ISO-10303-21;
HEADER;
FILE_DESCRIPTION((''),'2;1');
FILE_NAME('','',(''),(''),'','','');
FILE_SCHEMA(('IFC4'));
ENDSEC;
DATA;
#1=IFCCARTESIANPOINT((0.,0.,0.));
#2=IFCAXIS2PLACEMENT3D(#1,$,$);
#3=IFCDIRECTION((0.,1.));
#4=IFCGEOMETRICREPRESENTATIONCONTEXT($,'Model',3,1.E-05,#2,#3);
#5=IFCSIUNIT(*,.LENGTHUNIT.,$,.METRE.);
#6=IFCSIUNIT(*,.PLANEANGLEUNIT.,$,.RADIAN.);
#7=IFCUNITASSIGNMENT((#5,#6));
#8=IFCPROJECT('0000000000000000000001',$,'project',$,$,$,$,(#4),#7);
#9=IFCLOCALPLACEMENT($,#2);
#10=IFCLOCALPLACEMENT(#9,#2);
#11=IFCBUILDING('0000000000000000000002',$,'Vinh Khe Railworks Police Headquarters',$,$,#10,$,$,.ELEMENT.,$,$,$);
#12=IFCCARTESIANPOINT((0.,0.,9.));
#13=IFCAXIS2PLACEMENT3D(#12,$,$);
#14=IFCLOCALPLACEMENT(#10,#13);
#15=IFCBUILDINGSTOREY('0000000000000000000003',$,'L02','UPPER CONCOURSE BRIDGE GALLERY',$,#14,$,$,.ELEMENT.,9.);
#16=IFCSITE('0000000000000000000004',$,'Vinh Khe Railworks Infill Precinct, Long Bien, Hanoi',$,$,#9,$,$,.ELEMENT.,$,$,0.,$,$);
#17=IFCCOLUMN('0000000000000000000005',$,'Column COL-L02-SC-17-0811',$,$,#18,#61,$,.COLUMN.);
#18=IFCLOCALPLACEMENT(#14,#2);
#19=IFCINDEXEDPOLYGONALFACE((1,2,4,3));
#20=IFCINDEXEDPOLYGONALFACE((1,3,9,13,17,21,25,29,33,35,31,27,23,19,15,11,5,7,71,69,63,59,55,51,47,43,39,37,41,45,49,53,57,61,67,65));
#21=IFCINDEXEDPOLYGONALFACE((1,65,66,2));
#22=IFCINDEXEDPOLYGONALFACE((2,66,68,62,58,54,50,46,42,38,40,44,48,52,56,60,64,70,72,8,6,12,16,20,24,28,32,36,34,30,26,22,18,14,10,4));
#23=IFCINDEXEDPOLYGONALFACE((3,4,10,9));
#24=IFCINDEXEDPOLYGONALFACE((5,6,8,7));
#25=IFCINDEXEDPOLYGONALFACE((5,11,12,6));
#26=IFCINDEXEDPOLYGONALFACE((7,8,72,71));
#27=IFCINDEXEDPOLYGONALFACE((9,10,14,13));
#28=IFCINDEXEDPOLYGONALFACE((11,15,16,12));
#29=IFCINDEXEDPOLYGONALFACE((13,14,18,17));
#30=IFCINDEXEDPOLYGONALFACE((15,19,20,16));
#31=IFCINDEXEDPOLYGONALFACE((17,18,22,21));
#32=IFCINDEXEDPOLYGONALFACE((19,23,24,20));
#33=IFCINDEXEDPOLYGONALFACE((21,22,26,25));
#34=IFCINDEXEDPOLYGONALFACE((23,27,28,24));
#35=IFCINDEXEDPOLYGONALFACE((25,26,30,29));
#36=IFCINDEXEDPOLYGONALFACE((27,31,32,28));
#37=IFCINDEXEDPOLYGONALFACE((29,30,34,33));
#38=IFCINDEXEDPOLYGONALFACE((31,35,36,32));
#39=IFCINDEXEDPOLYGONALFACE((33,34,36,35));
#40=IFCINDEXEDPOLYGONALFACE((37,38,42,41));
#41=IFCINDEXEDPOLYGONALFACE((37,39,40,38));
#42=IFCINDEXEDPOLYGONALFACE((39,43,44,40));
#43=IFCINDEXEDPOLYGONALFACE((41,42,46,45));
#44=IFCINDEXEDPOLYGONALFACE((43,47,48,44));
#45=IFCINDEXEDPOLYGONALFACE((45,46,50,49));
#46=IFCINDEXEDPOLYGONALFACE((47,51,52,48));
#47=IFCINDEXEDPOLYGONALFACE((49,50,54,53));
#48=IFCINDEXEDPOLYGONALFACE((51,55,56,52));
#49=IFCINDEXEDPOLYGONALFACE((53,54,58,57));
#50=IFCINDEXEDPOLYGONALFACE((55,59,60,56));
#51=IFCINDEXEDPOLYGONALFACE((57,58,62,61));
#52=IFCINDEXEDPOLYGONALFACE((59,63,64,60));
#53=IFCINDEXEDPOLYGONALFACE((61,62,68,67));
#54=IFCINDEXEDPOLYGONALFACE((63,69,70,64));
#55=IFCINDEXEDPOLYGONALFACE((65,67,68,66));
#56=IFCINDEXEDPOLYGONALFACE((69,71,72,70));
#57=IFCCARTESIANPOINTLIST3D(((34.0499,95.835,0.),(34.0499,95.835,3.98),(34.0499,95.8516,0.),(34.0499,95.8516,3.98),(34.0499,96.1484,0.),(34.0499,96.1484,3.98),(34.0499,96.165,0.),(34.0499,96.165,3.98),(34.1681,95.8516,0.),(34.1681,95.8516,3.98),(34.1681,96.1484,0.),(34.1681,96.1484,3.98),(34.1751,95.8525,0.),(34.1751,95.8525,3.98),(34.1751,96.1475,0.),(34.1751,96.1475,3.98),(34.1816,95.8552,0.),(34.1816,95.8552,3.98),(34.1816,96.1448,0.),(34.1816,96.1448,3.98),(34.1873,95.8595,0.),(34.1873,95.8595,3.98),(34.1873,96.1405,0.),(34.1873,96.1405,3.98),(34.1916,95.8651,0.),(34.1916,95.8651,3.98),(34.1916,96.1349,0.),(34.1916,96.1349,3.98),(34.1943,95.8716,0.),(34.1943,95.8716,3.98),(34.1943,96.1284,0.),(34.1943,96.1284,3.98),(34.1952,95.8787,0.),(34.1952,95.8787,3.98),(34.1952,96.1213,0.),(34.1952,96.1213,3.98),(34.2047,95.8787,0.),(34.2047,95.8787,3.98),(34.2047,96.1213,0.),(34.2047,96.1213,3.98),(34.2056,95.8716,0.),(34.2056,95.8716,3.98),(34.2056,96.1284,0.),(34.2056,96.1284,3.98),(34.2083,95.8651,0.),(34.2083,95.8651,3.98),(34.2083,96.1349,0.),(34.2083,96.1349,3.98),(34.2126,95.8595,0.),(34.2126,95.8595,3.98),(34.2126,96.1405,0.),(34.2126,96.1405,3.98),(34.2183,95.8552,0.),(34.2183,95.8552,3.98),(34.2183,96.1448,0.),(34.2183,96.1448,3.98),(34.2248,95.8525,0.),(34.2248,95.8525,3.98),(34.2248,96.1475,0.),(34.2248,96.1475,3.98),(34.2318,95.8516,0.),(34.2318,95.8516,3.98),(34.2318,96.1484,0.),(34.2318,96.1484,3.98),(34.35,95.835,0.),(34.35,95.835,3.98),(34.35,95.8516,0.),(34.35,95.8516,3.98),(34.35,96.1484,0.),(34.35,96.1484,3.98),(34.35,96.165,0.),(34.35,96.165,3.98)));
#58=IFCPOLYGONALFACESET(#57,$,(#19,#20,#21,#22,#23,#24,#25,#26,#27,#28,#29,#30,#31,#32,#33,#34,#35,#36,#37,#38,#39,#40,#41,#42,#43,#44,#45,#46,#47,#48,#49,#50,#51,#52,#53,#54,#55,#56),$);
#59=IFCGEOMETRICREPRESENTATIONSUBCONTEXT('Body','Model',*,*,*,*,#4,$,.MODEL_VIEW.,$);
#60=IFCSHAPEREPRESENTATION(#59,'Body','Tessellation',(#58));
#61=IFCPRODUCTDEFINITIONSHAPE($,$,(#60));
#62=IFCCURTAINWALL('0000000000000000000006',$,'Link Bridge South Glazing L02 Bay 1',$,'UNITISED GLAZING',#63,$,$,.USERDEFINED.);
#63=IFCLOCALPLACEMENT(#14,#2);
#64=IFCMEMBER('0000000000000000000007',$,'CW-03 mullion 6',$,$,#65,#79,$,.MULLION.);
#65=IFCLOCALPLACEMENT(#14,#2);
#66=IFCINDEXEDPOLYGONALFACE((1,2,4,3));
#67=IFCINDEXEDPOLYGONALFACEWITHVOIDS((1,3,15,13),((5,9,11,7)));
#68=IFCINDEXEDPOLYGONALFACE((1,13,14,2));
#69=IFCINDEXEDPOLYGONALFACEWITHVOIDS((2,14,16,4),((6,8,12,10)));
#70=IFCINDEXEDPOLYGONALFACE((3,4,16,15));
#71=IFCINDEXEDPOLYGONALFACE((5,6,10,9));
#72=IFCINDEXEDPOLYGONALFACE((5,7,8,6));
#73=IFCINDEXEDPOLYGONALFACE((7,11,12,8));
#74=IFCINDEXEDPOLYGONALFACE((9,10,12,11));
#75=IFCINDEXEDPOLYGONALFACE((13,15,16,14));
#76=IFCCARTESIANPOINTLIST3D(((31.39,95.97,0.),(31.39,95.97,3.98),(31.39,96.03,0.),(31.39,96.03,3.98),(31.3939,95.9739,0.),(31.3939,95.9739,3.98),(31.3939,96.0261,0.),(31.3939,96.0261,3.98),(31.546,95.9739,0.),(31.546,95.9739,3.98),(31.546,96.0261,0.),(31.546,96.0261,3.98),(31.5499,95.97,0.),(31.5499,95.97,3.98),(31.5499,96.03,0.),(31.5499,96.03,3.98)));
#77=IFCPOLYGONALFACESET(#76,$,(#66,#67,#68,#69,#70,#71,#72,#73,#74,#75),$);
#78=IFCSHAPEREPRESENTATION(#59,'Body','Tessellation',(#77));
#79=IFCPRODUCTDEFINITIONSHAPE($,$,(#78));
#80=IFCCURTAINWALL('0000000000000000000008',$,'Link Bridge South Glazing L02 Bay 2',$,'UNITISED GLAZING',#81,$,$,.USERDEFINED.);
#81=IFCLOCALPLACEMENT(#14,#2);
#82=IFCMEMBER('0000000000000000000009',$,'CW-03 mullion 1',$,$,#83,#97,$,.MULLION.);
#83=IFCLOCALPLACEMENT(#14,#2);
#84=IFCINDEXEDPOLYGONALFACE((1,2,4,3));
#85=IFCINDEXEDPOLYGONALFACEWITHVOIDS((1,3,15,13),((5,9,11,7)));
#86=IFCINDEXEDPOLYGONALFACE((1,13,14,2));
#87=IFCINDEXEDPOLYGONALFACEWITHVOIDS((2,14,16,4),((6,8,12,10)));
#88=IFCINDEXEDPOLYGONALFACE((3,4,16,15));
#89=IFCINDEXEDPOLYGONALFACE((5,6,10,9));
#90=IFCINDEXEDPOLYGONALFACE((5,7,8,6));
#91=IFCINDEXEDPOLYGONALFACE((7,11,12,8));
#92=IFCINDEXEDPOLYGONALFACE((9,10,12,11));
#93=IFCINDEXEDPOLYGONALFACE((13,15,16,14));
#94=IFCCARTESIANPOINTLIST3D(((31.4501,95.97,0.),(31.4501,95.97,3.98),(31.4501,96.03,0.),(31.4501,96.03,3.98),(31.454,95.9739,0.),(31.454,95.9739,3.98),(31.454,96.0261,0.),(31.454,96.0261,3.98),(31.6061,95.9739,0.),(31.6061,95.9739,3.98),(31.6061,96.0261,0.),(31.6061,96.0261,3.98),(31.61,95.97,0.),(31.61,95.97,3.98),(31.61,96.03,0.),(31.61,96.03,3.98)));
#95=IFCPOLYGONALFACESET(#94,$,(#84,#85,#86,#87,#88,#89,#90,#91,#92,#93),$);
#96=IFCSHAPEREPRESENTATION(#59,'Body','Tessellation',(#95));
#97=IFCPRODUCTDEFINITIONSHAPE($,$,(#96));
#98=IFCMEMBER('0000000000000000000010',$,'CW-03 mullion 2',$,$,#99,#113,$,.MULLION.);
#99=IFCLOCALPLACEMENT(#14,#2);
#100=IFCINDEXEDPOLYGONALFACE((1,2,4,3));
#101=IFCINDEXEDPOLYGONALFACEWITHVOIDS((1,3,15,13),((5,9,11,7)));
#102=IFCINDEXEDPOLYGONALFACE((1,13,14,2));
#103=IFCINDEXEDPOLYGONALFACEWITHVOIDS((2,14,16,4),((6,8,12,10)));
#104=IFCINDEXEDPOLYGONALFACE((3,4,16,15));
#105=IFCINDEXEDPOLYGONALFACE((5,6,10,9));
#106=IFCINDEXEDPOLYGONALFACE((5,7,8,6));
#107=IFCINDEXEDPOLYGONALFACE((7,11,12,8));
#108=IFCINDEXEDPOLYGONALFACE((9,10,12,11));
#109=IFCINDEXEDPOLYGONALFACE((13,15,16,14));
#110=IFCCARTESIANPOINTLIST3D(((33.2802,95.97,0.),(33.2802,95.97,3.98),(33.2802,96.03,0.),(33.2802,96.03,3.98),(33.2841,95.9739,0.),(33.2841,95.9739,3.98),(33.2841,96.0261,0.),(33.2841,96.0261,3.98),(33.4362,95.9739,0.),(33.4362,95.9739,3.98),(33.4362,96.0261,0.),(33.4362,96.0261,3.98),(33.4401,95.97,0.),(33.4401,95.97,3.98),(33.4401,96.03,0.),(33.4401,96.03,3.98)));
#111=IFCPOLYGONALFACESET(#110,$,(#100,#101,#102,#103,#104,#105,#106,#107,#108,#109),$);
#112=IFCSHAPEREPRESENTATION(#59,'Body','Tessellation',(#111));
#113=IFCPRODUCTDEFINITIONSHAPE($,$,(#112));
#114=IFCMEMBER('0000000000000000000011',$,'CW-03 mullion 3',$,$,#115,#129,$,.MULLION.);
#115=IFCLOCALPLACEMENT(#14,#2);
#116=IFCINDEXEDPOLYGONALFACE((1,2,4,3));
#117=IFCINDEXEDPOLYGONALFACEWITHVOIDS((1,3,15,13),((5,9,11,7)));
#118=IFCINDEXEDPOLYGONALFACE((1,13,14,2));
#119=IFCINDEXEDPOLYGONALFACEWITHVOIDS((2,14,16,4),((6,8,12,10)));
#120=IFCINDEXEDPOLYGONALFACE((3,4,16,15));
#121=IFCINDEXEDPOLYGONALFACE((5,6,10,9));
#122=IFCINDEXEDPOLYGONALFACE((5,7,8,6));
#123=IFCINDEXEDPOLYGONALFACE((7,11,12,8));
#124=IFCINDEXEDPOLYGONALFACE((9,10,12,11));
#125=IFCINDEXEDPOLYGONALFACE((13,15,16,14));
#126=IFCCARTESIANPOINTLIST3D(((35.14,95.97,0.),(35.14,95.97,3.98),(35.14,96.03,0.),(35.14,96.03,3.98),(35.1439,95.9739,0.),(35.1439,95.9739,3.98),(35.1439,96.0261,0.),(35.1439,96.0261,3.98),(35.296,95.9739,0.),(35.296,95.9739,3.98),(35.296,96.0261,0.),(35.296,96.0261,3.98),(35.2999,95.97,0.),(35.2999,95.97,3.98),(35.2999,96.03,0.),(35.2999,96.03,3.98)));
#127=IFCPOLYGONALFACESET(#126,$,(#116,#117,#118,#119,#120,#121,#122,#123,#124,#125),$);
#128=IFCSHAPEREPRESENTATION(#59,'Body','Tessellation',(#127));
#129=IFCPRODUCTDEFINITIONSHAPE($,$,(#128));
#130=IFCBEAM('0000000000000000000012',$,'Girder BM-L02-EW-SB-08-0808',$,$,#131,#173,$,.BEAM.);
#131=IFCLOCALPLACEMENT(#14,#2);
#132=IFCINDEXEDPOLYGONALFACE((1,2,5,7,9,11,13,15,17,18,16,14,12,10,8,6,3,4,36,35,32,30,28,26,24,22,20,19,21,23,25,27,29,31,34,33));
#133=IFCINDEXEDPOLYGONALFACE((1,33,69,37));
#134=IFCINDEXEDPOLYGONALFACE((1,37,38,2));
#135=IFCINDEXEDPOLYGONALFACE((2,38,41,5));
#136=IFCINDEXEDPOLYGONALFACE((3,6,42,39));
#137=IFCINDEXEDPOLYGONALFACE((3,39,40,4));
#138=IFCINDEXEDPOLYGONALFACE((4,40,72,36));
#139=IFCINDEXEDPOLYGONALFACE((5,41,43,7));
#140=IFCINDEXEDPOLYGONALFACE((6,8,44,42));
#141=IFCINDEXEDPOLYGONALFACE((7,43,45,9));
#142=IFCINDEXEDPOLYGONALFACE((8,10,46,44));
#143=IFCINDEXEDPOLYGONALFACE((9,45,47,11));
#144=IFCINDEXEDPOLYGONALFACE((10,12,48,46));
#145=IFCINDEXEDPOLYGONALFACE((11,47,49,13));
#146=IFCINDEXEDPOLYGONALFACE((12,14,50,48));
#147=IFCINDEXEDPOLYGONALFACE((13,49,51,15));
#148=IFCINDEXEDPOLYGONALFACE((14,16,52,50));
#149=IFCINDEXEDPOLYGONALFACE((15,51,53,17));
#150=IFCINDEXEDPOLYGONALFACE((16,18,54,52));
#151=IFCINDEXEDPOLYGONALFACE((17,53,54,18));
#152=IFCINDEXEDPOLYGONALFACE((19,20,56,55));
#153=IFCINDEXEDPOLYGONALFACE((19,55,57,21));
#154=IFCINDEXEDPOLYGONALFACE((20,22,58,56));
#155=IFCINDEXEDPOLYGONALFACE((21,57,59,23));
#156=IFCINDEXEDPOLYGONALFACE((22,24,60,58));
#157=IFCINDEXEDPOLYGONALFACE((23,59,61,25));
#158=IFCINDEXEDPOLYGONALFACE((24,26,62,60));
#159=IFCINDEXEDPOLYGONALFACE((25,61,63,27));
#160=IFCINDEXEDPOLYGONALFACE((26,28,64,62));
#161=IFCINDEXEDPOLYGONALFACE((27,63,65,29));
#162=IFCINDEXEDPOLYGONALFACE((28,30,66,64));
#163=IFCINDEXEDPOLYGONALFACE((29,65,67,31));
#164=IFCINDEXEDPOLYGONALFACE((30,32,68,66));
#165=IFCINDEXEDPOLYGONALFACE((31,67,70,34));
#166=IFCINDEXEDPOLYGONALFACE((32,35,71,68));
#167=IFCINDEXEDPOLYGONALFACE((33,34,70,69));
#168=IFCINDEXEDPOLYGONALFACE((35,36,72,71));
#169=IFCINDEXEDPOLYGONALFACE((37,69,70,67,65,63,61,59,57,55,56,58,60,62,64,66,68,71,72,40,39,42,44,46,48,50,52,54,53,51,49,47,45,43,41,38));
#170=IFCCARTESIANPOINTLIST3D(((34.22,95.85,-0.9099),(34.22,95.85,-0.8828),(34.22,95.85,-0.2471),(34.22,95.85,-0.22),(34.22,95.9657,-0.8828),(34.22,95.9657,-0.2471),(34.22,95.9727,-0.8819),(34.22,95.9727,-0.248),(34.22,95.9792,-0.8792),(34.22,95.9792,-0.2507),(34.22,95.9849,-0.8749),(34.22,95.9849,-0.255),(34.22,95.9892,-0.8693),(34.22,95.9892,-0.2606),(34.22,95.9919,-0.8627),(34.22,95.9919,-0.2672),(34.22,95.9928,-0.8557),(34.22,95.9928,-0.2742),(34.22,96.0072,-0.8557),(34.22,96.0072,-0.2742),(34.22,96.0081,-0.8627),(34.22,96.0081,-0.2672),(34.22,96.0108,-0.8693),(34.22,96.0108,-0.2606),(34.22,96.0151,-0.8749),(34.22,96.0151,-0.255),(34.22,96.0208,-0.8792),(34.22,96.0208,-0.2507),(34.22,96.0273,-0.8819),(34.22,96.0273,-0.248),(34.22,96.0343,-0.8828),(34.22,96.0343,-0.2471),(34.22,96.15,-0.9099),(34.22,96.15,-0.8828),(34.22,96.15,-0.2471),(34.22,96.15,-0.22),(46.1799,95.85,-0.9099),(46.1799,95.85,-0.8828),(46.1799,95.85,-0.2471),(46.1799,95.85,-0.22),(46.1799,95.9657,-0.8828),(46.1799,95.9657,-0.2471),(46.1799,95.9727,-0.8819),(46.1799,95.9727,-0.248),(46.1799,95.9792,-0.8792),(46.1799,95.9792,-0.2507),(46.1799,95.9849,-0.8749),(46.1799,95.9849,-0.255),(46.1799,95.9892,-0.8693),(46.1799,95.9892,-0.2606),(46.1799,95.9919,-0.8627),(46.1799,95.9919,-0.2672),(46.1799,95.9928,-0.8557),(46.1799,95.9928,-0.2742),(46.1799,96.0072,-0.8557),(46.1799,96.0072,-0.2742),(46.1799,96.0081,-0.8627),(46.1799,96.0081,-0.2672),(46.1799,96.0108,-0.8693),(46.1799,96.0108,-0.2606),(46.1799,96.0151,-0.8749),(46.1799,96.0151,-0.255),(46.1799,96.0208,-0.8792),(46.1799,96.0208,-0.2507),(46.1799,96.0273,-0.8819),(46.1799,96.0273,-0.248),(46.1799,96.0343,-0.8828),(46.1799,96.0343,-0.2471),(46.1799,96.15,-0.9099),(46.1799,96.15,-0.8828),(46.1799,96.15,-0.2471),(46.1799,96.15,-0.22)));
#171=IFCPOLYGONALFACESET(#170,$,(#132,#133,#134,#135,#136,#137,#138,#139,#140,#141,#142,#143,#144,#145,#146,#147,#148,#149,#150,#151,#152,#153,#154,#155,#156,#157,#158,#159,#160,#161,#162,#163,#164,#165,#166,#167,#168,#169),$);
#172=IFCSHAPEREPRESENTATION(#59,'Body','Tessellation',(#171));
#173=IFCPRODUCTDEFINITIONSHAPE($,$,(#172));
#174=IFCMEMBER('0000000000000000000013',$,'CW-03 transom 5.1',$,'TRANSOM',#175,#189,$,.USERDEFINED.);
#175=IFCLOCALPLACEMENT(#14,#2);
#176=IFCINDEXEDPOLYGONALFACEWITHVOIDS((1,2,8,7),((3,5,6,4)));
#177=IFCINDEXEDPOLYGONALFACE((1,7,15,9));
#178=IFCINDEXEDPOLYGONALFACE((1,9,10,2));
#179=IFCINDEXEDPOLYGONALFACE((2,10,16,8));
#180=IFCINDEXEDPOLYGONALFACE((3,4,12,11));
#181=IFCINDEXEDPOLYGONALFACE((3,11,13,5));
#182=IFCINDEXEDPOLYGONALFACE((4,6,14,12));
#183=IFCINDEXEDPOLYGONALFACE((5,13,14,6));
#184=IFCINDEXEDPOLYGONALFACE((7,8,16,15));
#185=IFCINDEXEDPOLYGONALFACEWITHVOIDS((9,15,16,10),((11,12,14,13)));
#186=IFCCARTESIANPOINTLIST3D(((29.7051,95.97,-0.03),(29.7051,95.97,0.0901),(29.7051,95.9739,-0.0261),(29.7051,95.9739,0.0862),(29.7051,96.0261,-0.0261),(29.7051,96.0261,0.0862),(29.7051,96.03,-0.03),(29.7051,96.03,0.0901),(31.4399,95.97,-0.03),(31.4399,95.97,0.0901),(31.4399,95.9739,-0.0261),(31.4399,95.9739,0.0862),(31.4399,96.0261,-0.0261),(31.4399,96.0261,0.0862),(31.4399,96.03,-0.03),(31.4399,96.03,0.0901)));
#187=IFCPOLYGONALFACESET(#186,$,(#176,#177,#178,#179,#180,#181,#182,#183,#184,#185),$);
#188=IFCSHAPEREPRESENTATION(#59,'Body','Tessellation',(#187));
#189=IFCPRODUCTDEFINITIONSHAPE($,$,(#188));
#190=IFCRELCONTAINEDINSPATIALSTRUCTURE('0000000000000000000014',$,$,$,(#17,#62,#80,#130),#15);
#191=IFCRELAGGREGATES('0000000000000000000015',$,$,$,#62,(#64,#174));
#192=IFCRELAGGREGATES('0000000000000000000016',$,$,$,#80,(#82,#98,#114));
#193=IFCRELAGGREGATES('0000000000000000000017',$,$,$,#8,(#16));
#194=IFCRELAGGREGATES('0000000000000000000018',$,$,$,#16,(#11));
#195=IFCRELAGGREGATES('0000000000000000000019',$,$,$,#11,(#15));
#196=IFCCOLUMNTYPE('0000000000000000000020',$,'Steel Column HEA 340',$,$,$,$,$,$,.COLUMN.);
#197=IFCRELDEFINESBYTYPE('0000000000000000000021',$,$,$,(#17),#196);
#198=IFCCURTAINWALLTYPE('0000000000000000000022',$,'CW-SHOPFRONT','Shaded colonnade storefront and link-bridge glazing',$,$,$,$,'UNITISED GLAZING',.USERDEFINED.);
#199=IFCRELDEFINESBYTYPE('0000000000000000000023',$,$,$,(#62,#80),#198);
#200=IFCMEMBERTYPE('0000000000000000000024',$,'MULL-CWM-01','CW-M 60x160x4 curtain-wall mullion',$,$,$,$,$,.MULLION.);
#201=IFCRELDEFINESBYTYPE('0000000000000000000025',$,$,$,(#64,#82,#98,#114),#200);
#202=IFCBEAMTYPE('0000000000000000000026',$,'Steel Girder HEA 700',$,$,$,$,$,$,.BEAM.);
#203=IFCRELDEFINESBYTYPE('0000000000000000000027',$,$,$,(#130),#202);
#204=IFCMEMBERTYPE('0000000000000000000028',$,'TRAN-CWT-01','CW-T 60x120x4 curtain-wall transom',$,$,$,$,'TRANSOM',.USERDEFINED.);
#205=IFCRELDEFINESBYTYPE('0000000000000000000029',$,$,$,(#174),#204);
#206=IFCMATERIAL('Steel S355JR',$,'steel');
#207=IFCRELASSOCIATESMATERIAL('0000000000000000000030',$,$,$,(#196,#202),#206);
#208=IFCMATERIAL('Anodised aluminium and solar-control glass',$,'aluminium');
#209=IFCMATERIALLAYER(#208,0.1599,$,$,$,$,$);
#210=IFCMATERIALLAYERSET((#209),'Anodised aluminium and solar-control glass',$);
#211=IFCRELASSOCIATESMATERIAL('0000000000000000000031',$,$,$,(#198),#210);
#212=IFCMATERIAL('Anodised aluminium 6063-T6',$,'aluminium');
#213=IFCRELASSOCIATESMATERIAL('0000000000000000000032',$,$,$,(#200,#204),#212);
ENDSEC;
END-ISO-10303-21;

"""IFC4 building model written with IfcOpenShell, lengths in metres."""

from ifc_helpers import new_model, si_unit, direction, frame, origin, origin_2d, place, context, subcontext, project, spatial, hollow_rectangle, i_section, extrude, material, layer, layer_set, material_profile, profile_set, type_object, element, aggregate, save


model = new_model("IFC4")

# Units and contexts
model_context = context("Model", 3, precision=1e-05, world=origin(), true_north=direction((0.0, 1.0)))
body_context = subcontext(model_context, "Body", "Model", "MODEL_VIEW")
ifc_project = project(units=[si_unit("LENGTHUNIT", "METRE"), si_unit("PLANEANGLEUNIT", "RADIAN")], contexts=[model_context])

# Site, building, storey
site_placement = place(None, origin())
site = spatial("IfcSite", under=ifc_project, at=site_placement, Name="Vinh Khe Railworks Infill Precinct, Long Bien, Hanoi", CompositionType="ELEMENT", RefElevation=0.0)
building_placement = place(site_placement, origin())
building = spatial("IfcBuilding", under=site, at=building_placement, Name="Vinh Khe Railworks Police Headquarters", CompositionType="ELEMENT")
storey_placement = place(building_placement, frame((0.0, 0.0, 9.0)))
storey = spatial("IfcBuildingStorey", under=building, at=storey_placement, Name="L02", Description="UPPER CONCOURSE BRIDGE GALLERY", CompositionType="ELEMENT", Elevation=9.0)

# Column
ifc_material_1 = material(Name="Steel S355JR", Category="steel")
ifc_material_profile_1 = material_profile(ifc_material_1, i_section(OverallWidth=0.3, OverallDepth=0.3301, WebThickness=0.0095, FlangeThickness=0.0166, FilletRadius=0.0271, at=origin_2d()), Name="HEA 340")
ifc_profile_set_1 = profile_set([ifc_material_profile_1], Name="Steel S355JR")
column_type = type_object("IfcColumnType", Name="Steel Column HEA 340", PredefinedType="COLUMN", material=ifc_profile_set_1)
column_placement = place(storey_placement, frame((34.2, 96.0, 0.0), z_axis=(0.0, 0.0, 1.0), x_axis=(1.0, 0.0, 0.0)))
element("IfcColumn", 1, at=column_placement, inside=storey, type_object=column_type, Name="Column COL-L02-SC-17-0811", PredefinedType="COLUMN", context=body_context, shape_type="SweptSolid", body=[
    extrude(i_section(OverallWidth=0.3, OverallDepth=0.3301, WebThickness=0.0095, FlangeThickness=0.0166, FilletRadius=0.0271, at=origin_2d()), origin(), (0.0, 0.0, 1.0), 3.98),
])

# Curtain wall, member
ifc_material_2 = material(Name="Anodised aluminium and solar-control glass", Category="aluminium")
ifc_layer_1 = layer(ifc_material_2, 0.1599)
ifc_layer_set_1 = layer_set([ifc_layer_1], Name="Anodised aluminium and solar-control glass")
curtain_wall_type = type_object("IfcCurtainWallType", Name="CW-SHOPFRONT", Description="Shaded colonnade storefront and link-bridge glazing", ElementType="UNITISED GLAZING", PredefinedType="USERDEFINED", material=ifc_layer_set_1)
curtain_wall_1_placement = place(storey_placement, origin())
curtain_wall_1 = element("IfcCurtainWall", 2, at=curtain_wall_1_placement, inside=storey, type_object=curtain_wall_type, Name="Link Bridge South Glazing L02 Bay 1", ObjectType="UNITISED GLAZING", PredefinedType="USERDEFINED")
ifc_material_3 = material(Name="Anodised aluminium 6063-T6", Category="aluminium")
ifc_material_profile_2 = material_profile(ifc_material_3, hollow_rectangle(XDim=0.0601, YDim=0.1599, WallThickness=0.0039, at=origin_2d()), Name="CW-M 60x160x4")
ifc_profile_set_2 = profile_set([ifc_material_profile_2], Name="Anodised aluminium 6063-T6")
member_type_1 = type_object("IfcMemberType", Name="MULL-CWM-01", Description="CW-M 60x160x4 curtain-wall mullion", PredefinedType="MULLION", material=ifc_profile_set_2)
member_1_placement = place(storey_placement, frame((31.47, 96.0, 0.0), z_axis=(0.0, 0.0, 1.0), x_axis=(0.0, 1.0, 0.0)))
member_1 = element("IfcMember", 3, at=member_1_placement, type_object=member_type_1, Name="CW-03 mullion 6", PredefinedType="MULLION", context=body_context, shape_type="SweptSolid", body=[
    extrude(hollow_rectangle(XDim=0.0601, YDim=0.1599, WallThickness=0.0039, at=origin_2d()), origin(), (0.0, 0.0, 1.0), 3.98),
])

# Curtain wall, members
curtain_wall_2_placement = place(storey_placement, origin())
curtain_wall_2 = element("IfcCurtainWall", 4, at=curtain_wall_2_placement, inside=storey, type_object=curtain_wall_type, Name="Link Bridge South Glazing L02 Bay 2", ObjectType="UNITISED GLAZING", PredefinedType="USERDEFINED")
member_2_placement = place(storey_placement, frame((31.53, 96.0, 0.0), z_axis=(0.0, 0.0, 1.0), x_axis=(0.0, 1.0, 0.0)))
member_2 = element("IfcMember", 5, at=member_2_placement, type_object=member_type_1, Name="CW-03 mullion 1", PredefinedType="MULLION", context=body_context, shape_type="SweptSolid", body=[
    extrude(hollow_rectangle(XDim=0.0601, YDim=0.1599, WallThickness=0.0039, at=origin_2d()), origin(), (0.0, 0.0, 1.0), 3.98),
])
member_3_placement = place(storey_placement, frame((33.3601, 96.0, 0.0), z_axis=(0.0, 0.0, 1.0), x_axis=(0.0, 1.0, 0.0)))
member_3 = element("IfcMember", 6, at=member_3_placement, type_object=member_type_1, Name="CW-03 mullion 2", PredefinedType="MULLION", context=body_context, shape_type="SweptSolid", body=[
    extrude(hollow_rectangle(XDim=0.0601, YDim=0.1599, WallThickness=0.0039, at=origin_2d()), origin(), (0.0, 0.0, 1.0), 3.98),
])
member_4_placement = place(storey_placement, frame((35.22, 96.0, 0.0), z_axis=(0.0, 0.0, 1.0), x_axis=(0.0, 1.0, 0.0)))
member_4 = element("IfcMember", 7, at=member_4_placement, type_object=member_type_1, Name="CW-03 mullion 3", PredefinedType="MULLION", context=body_context, shape_type="SweptSolid", body=[
    extrude(hollow_rectangle(XDim=0.0601, YDim=0.1599, WallThickness=0.0039, at=origin_2d()), origin(), (0.0, 0.0, 1.0), 3.98),
])

# Beam
ifc_material_profile_3 = material_profile(ifc_material_1, i_section(OverallWidth=0.3, OverallDepth=0.6899, WebThickness=0.0144, FlangeThickness=0.0271, FilletRadius=0.0271, at=origin_2d()), Name="HEA 700")
ifc_profile_set_3 = profile_set([ifc_material_profile_3], Name="Steel S355JR")
beam_type = type_object("IfcBeamType", Name="Steel Girder HEA 700", PredefinedType="BEAM", material=ifc_profile_set_3)
beam_placement = place(storey_placement, frame((34.22, 96.0, -0.5649), z_axis=(1.0, 0.0, 0.0), x_axis=(0.0, 1.0, 0.0)))
element("IfcBeam", 8, at=beam_placement, inside=storey, type_object=beam_type, Name="Girder BM-L02-EW-SB-08-0808", PredefinedType="BEAM", context=body_context, shape_type="SweptSolid", body=[
    extrude(i_section(OverallWidth=0.3, OverallDepth=0.6899, WebThickness=0.0144, FlangeThickness=0.0271, FilletRadius=0.0271, at=origin_2d()), origin(), (0.0, 0.0, 1.0), 11.96),
])

# Member
ifc_material_profile_4 = material_profile(ifc_material_3, hollow_rectangle(XDim=0.0601, YDim=0.1201, WallThickness=0.0039, at=origin_2d()), Name="CW-T 60x120x4")
ifc_profile_set_4 = profile_set([ifc_material_profile_4], Name="Anodised aluminium 6063-T6")
member_type_2 = type_object("IfcMemberType", Name="TRAN-CWT-01", Description="CW-T 60x120x4 curtain-wall transom", ElementType="TRANSOM", PredefinedType="USERDEFINED", material=ifc_profile_set_4)
member_5_placement = place(storey_placement, frame((29.7051, 96.0, 0.03), z_axis=(1.0, 0.0, 0.0), x_axis=(0.0, 1.0, 0.0)))
member_5 = element("IfcMember", 9, at=member_5_placement, type_object=member_type_2, Name="CW-03 transom 5.1", ObjectType="TRANSOM", PredefinedType="USERDEFINED", context=body_context, shape_type="SweptSolid", body=[
    extrude(hollow_rectangle(XDim=0.0601, YDim=0.1201, WallThickness=0.0039, at=origin_2d()), origin(), (0.0, 0.0, 1.0), 1.7349),
])

aggregate(curtain_wall_1, [member_1, member_5])
aggregate(curtain_wall_2, [member_2, member_3, member_4])

save(model, "model.ifc")
